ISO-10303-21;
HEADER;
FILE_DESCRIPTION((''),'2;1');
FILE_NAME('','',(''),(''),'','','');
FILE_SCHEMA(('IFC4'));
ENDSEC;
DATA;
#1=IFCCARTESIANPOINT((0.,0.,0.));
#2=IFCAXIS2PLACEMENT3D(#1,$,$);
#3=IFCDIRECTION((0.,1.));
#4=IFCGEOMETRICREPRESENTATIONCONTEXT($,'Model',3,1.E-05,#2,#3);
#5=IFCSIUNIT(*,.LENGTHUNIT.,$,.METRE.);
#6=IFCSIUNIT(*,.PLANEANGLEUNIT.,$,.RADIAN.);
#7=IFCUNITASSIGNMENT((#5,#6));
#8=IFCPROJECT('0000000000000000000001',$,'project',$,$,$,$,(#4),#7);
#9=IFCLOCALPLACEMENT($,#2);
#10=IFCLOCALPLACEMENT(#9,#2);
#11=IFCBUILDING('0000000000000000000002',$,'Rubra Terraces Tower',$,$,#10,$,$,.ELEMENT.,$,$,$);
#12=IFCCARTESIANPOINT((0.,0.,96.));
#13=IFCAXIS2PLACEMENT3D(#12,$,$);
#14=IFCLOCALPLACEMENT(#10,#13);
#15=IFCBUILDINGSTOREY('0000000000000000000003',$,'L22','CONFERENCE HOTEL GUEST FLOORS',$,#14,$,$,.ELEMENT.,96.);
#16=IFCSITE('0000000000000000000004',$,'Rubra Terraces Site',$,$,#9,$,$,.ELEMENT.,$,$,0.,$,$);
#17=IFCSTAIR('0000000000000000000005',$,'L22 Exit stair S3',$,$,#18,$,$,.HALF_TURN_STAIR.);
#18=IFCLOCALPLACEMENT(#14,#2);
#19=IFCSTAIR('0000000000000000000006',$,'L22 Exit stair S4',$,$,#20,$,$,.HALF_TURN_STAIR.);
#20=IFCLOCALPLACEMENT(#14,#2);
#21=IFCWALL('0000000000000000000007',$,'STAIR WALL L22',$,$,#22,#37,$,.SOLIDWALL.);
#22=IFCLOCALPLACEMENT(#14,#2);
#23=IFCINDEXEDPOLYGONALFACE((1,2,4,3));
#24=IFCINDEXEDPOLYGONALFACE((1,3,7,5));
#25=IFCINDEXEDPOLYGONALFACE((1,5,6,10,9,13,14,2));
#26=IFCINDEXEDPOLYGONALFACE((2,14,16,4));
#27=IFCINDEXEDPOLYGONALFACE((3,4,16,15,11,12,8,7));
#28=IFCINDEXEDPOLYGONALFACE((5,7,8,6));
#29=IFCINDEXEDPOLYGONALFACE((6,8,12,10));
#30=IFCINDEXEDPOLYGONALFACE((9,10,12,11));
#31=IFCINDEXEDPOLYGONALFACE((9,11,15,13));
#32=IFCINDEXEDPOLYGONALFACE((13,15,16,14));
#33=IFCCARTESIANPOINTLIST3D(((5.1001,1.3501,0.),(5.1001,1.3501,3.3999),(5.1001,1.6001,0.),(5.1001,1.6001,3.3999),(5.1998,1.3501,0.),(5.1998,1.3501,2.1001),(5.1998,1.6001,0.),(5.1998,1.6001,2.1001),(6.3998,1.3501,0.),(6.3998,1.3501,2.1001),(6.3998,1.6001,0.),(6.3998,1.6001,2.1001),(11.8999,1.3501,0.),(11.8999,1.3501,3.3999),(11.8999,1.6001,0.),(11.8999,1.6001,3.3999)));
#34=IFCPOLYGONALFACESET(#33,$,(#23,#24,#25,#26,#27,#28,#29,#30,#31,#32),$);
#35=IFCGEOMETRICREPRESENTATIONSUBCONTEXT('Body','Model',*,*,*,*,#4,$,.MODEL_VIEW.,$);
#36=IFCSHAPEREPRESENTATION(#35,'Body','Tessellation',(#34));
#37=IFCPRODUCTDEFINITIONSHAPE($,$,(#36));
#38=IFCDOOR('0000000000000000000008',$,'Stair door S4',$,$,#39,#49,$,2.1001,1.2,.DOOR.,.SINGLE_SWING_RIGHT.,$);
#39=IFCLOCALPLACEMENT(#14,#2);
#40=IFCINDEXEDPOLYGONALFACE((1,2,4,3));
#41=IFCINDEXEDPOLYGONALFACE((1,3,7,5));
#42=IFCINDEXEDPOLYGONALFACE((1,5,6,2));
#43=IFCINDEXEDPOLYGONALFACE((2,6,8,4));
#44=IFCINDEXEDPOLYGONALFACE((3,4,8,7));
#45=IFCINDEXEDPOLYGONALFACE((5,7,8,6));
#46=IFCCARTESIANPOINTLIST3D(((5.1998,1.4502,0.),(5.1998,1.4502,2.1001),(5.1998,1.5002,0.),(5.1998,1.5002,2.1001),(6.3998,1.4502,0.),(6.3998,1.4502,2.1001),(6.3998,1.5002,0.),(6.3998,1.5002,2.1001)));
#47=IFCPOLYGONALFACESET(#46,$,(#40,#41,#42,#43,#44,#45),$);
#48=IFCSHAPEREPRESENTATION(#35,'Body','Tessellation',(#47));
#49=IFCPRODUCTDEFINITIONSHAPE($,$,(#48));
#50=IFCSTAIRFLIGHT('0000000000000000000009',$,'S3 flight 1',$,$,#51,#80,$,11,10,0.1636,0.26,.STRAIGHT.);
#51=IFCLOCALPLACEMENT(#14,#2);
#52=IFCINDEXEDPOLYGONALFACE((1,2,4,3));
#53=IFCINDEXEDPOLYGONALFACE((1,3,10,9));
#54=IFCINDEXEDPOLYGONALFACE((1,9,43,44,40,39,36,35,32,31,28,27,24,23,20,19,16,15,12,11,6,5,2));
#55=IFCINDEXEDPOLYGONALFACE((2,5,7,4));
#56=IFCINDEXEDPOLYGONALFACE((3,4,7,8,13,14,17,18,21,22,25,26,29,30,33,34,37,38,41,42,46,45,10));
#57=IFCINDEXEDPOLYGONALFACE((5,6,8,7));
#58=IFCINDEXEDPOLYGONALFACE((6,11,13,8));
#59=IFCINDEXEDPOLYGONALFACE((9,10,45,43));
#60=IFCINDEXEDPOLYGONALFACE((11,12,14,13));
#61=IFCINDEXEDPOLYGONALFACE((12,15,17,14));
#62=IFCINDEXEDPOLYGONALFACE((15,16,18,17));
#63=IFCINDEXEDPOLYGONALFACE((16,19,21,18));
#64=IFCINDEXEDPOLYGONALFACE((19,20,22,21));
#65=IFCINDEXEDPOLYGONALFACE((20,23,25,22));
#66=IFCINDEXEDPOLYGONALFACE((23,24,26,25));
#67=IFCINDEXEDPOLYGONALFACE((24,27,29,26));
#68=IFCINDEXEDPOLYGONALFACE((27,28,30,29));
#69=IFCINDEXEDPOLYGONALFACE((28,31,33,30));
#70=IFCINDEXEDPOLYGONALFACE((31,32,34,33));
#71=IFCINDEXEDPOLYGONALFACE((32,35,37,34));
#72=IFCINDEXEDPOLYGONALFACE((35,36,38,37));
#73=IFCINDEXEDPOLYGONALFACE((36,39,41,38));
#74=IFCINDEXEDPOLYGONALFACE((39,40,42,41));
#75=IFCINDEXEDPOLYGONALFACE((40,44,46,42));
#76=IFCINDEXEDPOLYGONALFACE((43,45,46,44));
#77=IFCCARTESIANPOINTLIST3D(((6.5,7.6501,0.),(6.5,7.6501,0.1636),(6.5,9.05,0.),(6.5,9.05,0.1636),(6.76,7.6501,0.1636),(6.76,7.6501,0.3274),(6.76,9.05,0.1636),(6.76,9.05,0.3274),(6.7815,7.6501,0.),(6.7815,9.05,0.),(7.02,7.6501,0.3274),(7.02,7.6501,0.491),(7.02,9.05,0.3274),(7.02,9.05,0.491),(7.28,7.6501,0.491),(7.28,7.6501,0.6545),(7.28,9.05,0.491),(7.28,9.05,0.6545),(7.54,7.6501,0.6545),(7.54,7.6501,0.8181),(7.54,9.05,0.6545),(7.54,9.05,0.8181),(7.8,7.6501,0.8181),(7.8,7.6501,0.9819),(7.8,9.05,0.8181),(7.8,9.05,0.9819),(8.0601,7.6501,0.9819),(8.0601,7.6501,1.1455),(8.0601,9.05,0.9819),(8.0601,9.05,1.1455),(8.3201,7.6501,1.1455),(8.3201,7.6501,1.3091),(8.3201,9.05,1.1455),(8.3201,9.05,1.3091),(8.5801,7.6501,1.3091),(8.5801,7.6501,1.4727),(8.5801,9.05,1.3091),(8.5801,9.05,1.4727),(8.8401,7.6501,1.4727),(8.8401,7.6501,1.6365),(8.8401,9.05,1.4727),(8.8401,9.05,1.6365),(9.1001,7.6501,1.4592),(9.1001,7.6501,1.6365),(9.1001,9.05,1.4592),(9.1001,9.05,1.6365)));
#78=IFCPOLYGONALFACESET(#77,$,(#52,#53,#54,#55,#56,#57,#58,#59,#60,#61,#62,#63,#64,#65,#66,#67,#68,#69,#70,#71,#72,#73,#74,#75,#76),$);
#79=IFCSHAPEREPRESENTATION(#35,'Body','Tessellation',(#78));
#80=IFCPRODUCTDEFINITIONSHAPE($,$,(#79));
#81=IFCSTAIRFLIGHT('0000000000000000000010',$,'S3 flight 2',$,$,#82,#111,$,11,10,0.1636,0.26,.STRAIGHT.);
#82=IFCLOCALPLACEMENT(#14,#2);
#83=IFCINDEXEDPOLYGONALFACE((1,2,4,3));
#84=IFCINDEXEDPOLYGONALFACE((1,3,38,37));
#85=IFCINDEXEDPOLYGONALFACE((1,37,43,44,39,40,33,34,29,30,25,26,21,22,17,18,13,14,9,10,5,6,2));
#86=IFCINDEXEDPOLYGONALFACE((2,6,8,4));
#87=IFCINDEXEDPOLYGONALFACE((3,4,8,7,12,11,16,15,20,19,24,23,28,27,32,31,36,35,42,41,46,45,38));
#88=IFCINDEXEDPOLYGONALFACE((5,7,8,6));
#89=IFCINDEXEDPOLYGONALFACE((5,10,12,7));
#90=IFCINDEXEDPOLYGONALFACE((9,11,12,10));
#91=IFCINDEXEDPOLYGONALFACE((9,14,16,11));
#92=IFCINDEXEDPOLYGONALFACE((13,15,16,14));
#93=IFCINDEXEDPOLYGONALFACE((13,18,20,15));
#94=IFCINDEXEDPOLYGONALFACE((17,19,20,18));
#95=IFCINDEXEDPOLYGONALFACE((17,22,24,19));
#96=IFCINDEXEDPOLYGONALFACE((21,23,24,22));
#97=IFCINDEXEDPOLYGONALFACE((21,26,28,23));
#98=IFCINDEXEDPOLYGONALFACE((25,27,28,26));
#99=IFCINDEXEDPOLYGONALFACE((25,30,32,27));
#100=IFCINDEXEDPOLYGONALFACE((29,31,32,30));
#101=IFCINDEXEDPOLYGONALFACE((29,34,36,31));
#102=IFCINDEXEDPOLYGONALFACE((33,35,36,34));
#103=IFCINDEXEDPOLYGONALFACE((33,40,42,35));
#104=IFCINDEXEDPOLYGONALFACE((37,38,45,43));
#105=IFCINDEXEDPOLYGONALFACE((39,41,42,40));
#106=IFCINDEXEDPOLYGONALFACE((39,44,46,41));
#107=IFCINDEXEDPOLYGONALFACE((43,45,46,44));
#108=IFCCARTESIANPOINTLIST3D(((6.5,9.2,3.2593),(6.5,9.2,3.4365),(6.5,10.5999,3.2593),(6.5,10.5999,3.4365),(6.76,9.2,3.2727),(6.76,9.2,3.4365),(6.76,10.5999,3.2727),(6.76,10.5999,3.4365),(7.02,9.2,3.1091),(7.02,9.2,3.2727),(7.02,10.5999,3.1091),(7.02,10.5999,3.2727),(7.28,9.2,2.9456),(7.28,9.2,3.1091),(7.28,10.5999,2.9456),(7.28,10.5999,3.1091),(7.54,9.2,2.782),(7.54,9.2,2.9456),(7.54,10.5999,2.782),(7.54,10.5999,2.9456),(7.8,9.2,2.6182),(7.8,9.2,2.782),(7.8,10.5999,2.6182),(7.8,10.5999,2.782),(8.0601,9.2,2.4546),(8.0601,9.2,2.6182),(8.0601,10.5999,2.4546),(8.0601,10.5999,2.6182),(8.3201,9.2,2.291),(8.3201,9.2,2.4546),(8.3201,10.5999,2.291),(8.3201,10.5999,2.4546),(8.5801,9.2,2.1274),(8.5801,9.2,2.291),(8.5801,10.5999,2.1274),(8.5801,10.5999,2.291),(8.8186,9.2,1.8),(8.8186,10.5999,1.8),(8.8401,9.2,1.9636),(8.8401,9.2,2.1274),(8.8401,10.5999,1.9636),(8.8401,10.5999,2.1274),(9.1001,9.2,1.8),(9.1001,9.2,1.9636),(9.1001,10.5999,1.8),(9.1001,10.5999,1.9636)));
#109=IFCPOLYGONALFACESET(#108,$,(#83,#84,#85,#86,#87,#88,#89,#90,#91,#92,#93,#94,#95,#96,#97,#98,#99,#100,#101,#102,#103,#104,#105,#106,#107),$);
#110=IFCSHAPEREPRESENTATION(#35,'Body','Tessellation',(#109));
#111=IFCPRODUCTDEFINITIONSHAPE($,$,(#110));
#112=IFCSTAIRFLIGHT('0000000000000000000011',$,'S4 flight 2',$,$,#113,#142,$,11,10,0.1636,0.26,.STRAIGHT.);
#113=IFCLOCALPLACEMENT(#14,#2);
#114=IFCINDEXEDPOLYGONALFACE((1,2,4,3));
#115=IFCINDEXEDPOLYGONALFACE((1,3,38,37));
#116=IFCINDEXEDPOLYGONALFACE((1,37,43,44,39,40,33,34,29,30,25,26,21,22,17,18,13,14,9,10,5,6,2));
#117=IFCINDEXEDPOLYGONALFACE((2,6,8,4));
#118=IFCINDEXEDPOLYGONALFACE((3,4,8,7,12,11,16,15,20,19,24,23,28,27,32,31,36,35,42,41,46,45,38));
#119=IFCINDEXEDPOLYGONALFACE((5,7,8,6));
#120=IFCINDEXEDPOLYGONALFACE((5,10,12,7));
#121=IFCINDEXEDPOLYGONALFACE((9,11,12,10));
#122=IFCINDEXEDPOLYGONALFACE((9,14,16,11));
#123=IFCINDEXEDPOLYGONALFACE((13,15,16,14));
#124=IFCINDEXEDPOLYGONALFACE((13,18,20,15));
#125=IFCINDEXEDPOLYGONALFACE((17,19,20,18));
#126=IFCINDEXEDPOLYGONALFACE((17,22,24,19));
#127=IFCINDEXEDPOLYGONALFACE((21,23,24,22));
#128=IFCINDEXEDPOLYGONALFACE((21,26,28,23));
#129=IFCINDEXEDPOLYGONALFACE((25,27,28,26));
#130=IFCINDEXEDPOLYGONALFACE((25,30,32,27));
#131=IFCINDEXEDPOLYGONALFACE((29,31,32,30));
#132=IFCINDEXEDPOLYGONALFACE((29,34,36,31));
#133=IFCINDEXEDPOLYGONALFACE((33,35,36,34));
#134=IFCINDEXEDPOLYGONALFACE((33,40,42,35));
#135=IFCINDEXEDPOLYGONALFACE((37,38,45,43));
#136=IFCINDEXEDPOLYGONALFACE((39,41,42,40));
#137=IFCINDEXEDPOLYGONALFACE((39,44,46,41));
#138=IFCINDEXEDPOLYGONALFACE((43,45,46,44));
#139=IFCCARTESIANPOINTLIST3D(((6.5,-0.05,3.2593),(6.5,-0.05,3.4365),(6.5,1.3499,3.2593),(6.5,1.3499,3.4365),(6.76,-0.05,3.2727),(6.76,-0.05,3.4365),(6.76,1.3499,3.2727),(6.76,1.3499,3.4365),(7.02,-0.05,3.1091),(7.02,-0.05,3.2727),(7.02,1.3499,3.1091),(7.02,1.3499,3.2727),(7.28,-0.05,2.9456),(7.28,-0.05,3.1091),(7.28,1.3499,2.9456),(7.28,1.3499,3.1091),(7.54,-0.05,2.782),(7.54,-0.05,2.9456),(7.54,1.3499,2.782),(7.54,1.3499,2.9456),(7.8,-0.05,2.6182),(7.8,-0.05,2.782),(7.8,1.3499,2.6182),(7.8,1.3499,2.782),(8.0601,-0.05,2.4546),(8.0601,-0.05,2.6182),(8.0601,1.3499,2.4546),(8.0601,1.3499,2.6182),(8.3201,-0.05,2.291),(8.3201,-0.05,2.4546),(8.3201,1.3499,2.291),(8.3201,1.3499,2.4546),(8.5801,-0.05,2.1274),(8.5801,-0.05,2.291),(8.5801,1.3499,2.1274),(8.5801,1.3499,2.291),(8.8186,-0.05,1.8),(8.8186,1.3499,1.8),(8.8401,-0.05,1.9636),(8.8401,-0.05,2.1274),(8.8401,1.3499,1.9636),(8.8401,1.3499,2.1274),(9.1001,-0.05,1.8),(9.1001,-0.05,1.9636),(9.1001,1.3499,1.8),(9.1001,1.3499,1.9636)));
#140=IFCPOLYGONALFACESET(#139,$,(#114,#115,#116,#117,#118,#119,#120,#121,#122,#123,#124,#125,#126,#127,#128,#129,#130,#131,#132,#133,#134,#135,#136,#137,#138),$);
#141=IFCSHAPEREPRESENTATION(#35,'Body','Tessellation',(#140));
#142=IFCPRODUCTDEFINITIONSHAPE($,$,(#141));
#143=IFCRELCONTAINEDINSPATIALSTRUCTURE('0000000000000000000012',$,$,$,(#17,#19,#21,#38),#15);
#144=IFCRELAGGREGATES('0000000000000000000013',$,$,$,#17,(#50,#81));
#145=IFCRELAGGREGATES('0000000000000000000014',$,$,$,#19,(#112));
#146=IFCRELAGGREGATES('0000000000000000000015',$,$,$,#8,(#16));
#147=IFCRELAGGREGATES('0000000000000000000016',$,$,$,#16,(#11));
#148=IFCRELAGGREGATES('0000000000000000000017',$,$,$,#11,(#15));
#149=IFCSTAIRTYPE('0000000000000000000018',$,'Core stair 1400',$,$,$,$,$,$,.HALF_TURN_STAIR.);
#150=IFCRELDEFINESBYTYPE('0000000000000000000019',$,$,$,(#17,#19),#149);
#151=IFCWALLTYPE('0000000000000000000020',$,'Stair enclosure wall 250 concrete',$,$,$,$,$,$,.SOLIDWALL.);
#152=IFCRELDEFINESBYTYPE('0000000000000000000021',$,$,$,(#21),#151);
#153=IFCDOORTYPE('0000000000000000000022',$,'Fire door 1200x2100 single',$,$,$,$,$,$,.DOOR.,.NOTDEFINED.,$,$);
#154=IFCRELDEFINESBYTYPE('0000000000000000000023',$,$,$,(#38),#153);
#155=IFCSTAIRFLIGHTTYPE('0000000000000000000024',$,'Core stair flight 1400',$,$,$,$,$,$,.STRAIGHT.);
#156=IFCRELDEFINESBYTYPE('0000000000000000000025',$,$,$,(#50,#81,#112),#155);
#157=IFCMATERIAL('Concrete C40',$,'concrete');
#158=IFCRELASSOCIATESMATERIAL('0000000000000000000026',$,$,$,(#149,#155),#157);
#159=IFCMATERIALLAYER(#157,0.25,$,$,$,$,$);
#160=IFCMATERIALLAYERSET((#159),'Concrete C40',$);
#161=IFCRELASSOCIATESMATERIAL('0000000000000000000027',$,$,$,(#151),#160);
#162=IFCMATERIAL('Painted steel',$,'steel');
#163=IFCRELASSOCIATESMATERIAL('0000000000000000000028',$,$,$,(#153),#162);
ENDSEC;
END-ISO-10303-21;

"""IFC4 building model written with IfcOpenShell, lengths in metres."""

from ifc_helpers import new_model, si_unit, direction, frame, frame_2d, origin, place, context, subcontext, project, spatial, polyline, rectangle, outline, extrude, material, layer, layer_set, type_object, element, fill, aggregate, save


model = new_model("IFC4")

# Units and contexts
model_context = context("Model", 3, precision=1e-05, world=origin(), true_north=direction((0.0, 1.0)))
body_context = subcontext(model_context, "Body", "Model", "MODEL_VIEW")
ifc_project = project(units=[si_unit("LENGTHUNIT", "METRE"), si_unit("PLANEANGLEUNIT", "RADIAN")], contexts=[model_context])

# Site, building, storey
site_placement = place(None, origin())
site = spatial("IfcSite", under=ifc_project, at=site_placement, Name="Rubra Terraces Site", CompositionType="ELEMENT", RefElevation=0.0)
building_placement = place(site_placement, origin())
building = spatial("IfcBuilding", under=site, at=building_placement, Name="Rubra Terraces Tower", CompositionType="ELEMENT")
storey_placement = place(building_placement, frame((0.0, 0.0, 96.0)))
storey = spatial("IfcBuildingStorey", under=building, at=storey_placement, Name="L22", Description="CONFERENCE HOTEL GUEST FLOORS", CompositionType="ELEMENT", Elevation=96.0)

# Stairs
ifc_material_1 = material(Name="Concrete C40", Category="concrete")
stair_type = type_object("IfcStairType", Name="Core stair 1400", PredefinedType="HALF_TURN_STAIR", material=ifc_material_1)
stair_1_placement = place(storey_placement, origin())
stair_1 = element("IfcStair", 1, at=stair_1_placement, inside=storey, type_object=stair_type, Name="L22 Exit stair S3", PredefinedType="HALF_TURN_STAIR")
stair_2_placement = place(storey_placement, origin())
stair_2 = element("IfcStair", 2, at=stair_2_placement, inside=storey, type_object=stair_type, Name="L22 Exit stair S4", PredefinedType="HALF_TURN_STAIR")

# Wall, opening, door
ifc_layer_1 = layer(ifc_material_1, 0.25)
ifc_layer_set_1 = layer_set([ifc_layer_1], Name="Concrete C40")
wall_type_1 = type_object("IfcWallType", Name="Stair enclosure wall 250 concrete", PredefinedType="SOLIDWALL", material=ifc_layer_set_1)
wall_1_placement = place(storey_placement, frame((11.8999, 1.4751, 0.0), z_axis=(0.0, 0.0, 1.0), x_axis=(-1.0, 0.0, 0.0)))
wall_1 = element("IfcWall", 3, at=wall_1_placement, inside=storey, type_object=wall_type_1, Name="STAIR WALL L22", PredefinedType="SOLIDWALL", context=body_context, shape_type="SweptSolid", body=[
    extrude(rectangle(XDim=6.7998, YDim=0.25, at=frame_2d((3.3999, 0.0))), origin(), (0.0, 0.0, 1.0), 3.3999),
])
opening_placement = place(wall_1_placement, frame((5.5, 0.0, 0.0)))
opening = element("IfcOpeningElement", 4, at=opening_placement, cuts=wall_1, PredefinedType="OPENING", context=body_context, shape_type="SweptSolid", body=[
    extrude(rectangle(XDim=1.2, YDim=2.1001, at=frame_2d((0.6001, 1.05))), frame((0.0, 0.135, 0.0), z_axis=(0.0, -1.0, 0.0), x_axis=(1.0, 0.0, 0.0)), (0.0, 0.0, 1.0), 0.27),
])
ifc_material_2 = material(Name="Painted steel", Category="steel")
door_type = type_object("IfcDoorType", Name="Fire door 1200x2100 single", OperationType="NOTDEFINED", PredefinedType="DOOR", material=ifc_material_2)
door_placement = place(opening_placement, origin())
door = element("IfcDoor", 5, at=door_placement, inside=storey, type_object=door_type, Name="Stair door S4", OperationType="SINGLE_SWING_RIGHT", OverallHeight=2.1001, OverallWidth=1.2, PredefinedType="DOOR", context=body_context, shape_type="SweptSolid", body=[
    extrude(rectangle(XDim=1.2, YDim=2.1001, at=frame_2d((0.6001, 1.05))), frame((0.0, 0.0249, 0.0), z_axis=(0.0, -1.0, 0.0), x_axis=(1.0, 0.0, 0.0)), (0.0, 0.0, 1.0), 0.05),
])
fill(opening, door)

# Stair flights
stair_flight_type = type_object("IfcStairFlightType", Name="Core stair flight 1400", PredefinedType="STRAIGHT", material=ifc_material_1)
stair_flight_1_placement = place(storey_placement, frame((6.5, 8.3501, 0.0), z_axis=(0.0, 0.0, 1.0), x_axis=(1.0, 0.0, 0.0)))
stair_flight_1 = element("IfcStairFlight", 6, at=stair_flight_1_placement, type_object=stair_flight_type, Name="S3 flight 1", NumberOfRisers=11, NumberOfTreads=10, PredefinedType="STRAIGHT", RiserHeight=0.1636, TreadLength=0.26, context=body_context, shape_type="SweptSolid", body=[
    extrude(outline(polyline([(0.0, 0.0), (0.0, 0.1636), (0.26, 0.1636), (0.26, 0.3274), (0.52, 0.3274), (0.52, 0.491), (0.78, 0.491), (0.78, 0.6545), (1.04, 0.6545), (1.04, 0.8181), (1.3, 0.8181), (1.3, 0.9819), (1.5601, 0.9819), (1.5601, 1.1455), (1.8201, 1.1455), (1.8201, 1.3091), (2.0801, 1.3091), (2.0801, 1.4727), (2.3401, 1.4727), (2.3401, 1.6365), (2.6001, 1.6365), (2.6001, 1.8), (2.6001, 1.4592), (0.2815, 0.0), (0.0, 0.0)])), frame((0.0, 0.7, 0.0), z_axis=(0.0, -1.0, 0.0), x_axis=(1.0, 0.0, 0.0)), (0.0, 0.0, 1.0), 1.3999),
])
stair_flight_2_placement = place(storey_placement, frame((9.1001, 9.8999, 1.8), z_axis=(0.0, 0.0, 1.0), x_axis=(-1.0, 0.0, 0.0)))
stair_flight_2 = element("IfcStairFlight", 7, at=stair_flight_2_placement, type_object=stair_flight_type, Name="S3 flight 2", NumberOfRisers=11, NumberOfTreads=10, PredefinedType="STRAIGHT", RiserHeight=0.1636, TreadLength=0.26, context=body_context, shape_type="SweptSolid", body=[
    extrude(outline(polyline([(0.0, 0.0), (0.0, 0.1636), (0.26, 0.1636), (0.26, 0.3274), (0.52, 0.3274), (0.52, 0.491), (0.78, 0.491), (0.78, 0.6545), (1.04, 0.6545), (1.04, 0.8181), (1.3, 0.8181), (1.3, 0.9819), (1.5601, 0.9819), (1.5601, 1.1455), (1.8201, 1.1455), (1.8201, 1.3091), (2.0801, 1.3091), (2.0801, 1.4727), (2.3401, 1.4727), (2.3401, 1.6365), (2.6001, 1.6365), (2.6001, 1.8), (2.6001, 1.4592), (0.2815, 0.0), (0.0, 0.0)])), frame((0.0, 0.7, 0.0), z_axis=(0.0, -1.0, 0.0), x_axis=(1.0, 0.0, 0.0)), (0.0, 0.0, 1.0), 1.3999),
])
aggregate(stair_1, [stair_flight_1, stair_flight_2])
stair_flight_3_placement = place(storey_placement, frame((9.1001, 0.6499, 1.8), z_axis=(0.0, 0.0, 1.0), x_axis=(-1.0, 0.0, 0.0)))
stair_flight_3 = element("IfcStairFlight", 8, at=stair_flight_3_placement, type_object=stair_flight_type, Name="S4 flight 2", NumberOfRisers=11, NumberOfTreads=10, PredefinedType="STRAIGHT", RiserHeight=0.1636, TreadLength=0.26, context=body_context, shape_type="SweptSolid", body=[
    extrude(outline(polyline([(0.0, 0.0), (0.0, 0.1636), (0.26, 0.1636), (0.26, 0.3274), (0.52, 0.3274), (0.52, 0.491), (0.78, 0.491), (0.78, 0.6545), (1.04, 0.6545), (1.04, 0.8181), (1.3, 0.8181), (1.3, 0.9819), (1.5601, 0.9819), (1.5601, 1.1455), (1.8201, 1.1455), (1.8201, 1.3091), (2.0801, 1.3091), (2.0801, 1.4727), (2.3401, 1.4727), (2.3401, 1.6365), (2.6001, 1.6365), (2.6001, 1.8), (2.6001, 1.4592), (0.2815, 0.0), (0.0, 0.0)])), frame((0.0, 0.7, 0.0), z_axis=(0.0, -1.0, 0.0), x_axis=(1.0, 0.0, 0.0)), (0.0, 0.0, 1.0), 1.3999),
])
aggregate(stair_2, [stair_flight_3])

save(model, "model.ifc")
